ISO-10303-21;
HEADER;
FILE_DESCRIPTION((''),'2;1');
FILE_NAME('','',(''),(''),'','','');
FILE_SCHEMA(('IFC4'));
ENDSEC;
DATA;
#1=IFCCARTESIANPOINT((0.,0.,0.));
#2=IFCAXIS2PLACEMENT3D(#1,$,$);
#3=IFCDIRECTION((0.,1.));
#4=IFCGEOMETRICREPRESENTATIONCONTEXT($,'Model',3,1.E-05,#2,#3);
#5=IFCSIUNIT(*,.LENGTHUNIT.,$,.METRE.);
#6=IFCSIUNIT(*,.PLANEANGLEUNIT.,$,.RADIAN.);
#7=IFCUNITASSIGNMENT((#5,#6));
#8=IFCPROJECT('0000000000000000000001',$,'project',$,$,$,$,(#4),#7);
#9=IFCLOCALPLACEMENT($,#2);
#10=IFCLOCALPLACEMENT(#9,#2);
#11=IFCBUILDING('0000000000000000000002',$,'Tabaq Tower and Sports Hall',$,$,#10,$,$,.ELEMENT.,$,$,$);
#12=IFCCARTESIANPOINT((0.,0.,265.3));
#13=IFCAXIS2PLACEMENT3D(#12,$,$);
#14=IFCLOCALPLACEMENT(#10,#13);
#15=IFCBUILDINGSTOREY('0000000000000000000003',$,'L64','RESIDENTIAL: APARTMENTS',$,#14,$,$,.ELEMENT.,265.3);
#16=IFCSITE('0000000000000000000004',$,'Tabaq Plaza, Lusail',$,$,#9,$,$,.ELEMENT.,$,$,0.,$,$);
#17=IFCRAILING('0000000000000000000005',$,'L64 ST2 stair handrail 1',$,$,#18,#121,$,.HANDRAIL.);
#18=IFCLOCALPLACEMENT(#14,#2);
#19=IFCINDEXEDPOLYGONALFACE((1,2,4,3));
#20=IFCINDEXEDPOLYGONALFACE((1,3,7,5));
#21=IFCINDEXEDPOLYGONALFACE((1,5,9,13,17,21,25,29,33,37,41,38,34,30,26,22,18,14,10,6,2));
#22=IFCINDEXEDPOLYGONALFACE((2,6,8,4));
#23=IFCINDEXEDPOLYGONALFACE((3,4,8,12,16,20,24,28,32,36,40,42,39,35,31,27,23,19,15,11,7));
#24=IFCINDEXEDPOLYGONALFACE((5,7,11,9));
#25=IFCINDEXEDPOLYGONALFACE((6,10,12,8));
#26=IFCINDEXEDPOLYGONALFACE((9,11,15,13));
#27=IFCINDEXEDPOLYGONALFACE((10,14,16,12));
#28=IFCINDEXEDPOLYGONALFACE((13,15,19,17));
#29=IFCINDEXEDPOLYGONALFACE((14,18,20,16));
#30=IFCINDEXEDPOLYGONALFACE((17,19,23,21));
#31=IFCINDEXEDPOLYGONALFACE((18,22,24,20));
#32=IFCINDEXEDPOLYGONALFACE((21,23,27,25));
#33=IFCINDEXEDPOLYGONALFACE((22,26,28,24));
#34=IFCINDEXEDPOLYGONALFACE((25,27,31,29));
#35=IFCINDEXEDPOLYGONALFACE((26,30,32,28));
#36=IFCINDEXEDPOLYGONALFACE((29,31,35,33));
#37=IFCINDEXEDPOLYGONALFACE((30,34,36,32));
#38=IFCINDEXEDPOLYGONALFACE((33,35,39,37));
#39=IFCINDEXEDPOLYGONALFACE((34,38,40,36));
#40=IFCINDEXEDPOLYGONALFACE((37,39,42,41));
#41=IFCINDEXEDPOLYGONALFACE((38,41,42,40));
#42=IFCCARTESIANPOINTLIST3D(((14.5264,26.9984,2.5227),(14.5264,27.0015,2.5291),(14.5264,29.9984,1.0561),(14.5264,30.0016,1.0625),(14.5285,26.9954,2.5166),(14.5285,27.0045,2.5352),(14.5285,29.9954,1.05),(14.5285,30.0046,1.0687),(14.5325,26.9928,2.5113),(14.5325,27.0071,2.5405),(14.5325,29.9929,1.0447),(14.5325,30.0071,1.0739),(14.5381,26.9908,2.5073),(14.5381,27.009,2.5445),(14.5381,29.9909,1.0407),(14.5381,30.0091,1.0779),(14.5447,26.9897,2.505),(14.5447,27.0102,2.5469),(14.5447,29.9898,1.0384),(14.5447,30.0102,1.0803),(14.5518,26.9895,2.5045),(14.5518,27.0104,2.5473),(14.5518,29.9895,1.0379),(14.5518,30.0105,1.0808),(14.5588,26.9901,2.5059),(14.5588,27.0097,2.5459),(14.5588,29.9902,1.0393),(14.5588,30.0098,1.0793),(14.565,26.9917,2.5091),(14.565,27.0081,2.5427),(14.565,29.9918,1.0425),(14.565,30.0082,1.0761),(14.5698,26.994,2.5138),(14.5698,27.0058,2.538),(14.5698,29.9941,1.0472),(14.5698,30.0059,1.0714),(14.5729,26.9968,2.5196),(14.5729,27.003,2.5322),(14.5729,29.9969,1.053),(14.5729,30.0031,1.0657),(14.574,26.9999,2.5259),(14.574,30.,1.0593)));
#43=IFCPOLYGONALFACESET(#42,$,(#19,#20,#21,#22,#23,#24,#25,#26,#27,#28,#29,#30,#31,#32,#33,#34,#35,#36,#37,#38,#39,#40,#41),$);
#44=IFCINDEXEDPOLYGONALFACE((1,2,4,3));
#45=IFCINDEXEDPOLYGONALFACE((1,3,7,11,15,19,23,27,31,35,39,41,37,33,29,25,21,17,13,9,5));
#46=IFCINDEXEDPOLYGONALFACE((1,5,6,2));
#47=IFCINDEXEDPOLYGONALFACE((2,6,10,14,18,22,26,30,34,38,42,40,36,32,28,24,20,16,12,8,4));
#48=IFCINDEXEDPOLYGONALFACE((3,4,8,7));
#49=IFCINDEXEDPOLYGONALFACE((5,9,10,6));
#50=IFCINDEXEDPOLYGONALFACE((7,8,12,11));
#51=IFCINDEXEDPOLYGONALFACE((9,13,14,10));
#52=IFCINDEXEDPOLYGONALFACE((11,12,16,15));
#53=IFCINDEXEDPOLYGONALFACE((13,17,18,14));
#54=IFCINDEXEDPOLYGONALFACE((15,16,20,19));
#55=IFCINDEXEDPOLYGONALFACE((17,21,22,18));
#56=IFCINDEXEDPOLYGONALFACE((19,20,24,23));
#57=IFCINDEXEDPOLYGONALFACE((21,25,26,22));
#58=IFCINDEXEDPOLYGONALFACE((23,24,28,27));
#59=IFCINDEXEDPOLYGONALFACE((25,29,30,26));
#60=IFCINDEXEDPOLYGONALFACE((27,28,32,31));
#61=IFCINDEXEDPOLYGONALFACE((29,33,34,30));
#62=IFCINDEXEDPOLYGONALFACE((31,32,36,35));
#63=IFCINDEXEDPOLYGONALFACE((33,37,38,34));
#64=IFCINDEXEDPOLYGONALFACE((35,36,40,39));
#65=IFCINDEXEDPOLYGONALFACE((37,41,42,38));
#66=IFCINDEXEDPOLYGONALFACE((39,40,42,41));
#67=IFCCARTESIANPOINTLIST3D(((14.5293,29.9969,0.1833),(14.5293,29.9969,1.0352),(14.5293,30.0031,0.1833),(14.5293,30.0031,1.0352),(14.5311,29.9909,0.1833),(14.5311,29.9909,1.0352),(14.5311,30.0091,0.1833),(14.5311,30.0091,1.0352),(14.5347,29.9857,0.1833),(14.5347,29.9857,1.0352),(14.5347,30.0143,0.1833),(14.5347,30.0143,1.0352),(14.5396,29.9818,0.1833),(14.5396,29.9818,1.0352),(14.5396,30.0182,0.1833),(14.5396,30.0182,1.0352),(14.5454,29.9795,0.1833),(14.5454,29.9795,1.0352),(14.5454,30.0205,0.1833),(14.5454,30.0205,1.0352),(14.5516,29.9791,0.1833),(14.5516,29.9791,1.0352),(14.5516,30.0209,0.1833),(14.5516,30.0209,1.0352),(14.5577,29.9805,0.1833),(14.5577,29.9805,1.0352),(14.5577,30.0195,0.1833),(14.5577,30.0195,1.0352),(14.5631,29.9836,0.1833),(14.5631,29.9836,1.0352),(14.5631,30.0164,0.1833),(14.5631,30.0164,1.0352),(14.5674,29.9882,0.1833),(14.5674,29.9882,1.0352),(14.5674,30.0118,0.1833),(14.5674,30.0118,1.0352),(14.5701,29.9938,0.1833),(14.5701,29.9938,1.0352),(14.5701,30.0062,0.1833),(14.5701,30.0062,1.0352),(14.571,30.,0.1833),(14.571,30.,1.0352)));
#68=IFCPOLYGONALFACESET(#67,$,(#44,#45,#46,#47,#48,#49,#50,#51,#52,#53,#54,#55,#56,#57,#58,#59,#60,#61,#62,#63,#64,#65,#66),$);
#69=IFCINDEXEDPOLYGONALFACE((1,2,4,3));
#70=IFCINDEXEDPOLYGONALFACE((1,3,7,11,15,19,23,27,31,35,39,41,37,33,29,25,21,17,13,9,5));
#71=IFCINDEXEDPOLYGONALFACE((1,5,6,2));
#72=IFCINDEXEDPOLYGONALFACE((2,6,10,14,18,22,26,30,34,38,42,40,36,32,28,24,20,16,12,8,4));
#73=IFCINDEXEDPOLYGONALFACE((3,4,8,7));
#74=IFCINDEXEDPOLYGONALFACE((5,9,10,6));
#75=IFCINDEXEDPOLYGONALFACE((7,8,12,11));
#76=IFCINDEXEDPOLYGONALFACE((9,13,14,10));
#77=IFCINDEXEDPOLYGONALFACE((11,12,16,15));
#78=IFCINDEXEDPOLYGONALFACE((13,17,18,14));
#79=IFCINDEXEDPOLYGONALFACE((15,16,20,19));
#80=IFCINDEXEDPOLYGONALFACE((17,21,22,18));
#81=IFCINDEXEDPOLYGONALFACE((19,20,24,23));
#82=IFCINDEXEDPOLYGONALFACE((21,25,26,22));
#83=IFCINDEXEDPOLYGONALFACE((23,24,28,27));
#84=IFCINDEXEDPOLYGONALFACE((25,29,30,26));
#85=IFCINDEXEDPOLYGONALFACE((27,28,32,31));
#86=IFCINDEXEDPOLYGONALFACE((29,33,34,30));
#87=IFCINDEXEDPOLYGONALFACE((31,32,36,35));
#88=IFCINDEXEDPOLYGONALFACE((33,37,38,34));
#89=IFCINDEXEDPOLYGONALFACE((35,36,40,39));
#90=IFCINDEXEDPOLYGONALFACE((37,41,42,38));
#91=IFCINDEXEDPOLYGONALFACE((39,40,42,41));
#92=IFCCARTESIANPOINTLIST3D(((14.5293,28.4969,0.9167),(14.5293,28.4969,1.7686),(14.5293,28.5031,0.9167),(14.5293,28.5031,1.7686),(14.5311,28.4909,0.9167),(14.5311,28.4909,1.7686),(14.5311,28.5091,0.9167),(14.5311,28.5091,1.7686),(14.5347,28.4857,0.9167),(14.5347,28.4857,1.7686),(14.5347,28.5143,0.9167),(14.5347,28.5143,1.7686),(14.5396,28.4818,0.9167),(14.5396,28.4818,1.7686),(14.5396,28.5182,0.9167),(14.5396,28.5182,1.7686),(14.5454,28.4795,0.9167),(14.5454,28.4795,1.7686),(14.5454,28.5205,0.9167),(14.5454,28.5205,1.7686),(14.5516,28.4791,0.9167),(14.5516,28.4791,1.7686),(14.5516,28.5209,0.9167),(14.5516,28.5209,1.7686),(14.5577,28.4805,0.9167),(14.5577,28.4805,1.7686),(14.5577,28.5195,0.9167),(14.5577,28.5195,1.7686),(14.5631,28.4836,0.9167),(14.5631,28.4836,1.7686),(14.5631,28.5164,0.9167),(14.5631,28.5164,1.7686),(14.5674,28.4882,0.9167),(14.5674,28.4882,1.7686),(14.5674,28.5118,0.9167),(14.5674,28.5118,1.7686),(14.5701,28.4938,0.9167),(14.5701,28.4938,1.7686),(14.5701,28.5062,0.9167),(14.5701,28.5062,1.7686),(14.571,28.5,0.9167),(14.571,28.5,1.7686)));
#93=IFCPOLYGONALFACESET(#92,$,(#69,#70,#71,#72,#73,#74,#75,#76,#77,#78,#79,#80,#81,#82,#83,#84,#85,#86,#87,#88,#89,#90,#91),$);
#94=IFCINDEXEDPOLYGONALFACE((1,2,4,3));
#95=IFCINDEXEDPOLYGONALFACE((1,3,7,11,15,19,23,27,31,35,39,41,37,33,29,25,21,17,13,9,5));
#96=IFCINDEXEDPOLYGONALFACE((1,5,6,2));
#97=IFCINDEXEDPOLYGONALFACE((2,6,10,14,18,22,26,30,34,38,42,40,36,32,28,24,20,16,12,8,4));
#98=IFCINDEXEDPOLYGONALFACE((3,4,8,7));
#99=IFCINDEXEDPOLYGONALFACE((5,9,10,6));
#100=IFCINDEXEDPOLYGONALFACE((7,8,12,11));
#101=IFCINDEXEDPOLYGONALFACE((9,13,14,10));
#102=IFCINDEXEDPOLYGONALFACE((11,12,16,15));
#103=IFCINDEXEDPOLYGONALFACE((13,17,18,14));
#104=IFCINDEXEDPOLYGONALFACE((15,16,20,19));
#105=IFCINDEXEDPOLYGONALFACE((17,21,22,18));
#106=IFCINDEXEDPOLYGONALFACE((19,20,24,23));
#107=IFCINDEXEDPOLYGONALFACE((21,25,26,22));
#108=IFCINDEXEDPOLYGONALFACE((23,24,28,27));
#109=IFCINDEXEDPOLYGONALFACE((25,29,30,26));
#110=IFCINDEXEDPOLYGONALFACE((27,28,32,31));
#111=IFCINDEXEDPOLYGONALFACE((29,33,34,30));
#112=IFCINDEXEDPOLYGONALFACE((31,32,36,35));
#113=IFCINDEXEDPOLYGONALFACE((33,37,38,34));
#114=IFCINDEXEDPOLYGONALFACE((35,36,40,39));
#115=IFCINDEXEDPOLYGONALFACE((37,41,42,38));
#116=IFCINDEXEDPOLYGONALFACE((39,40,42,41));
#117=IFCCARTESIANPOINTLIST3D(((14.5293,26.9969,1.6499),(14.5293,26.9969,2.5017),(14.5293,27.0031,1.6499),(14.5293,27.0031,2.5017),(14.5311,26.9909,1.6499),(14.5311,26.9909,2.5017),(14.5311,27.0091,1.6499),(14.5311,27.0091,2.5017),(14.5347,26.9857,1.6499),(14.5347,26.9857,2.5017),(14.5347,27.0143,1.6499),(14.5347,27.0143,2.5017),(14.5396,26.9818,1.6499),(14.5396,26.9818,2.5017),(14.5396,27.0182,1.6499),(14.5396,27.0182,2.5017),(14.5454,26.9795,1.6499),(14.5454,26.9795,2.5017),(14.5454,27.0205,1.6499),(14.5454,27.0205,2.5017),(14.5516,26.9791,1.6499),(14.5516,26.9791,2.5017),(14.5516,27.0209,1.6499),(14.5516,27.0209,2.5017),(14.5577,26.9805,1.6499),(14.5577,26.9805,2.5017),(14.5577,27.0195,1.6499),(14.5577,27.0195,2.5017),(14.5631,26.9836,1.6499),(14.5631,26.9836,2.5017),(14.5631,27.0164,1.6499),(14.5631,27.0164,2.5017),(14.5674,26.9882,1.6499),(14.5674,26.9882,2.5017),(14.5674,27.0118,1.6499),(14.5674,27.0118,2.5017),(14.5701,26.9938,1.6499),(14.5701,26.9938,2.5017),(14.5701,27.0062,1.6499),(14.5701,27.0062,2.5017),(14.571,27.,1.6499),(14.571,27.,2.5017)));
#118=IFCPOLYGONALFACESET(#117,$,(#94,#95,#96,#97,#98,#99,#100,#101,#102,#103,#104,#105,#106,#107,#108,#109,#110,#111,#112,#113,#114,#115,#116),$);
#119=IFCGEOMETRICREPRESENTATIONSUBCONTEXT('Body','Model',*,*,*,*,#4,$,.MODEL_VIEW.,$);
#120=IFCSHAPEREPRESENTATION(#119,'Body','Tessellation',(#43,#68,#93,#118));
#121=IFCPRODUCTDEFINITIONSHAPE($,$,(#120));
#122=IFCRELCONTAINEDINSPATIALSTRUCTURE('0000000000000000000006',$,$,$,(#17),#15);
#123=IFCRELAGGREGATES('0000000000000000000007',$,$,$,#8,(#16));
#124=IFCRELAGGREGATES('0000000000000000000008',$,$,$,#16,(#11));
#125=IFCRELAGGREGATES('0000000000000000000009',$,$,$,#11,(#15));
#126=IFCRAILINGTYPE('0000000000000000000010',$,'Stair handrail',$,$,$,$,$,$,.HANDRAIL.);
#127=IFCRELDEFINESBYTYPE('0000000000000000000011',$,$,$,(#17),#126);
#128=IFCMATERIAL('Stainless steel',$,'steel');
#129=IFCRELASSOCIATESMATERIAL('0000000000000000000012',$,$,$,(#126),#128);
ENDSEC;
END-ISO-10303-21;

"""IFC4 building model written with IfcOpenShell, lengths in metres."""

from ifc_helpers import new_model, si_unit, direction, frame, origin, origin_2d, place, context, subcontext, project, spatial, circle, extrude, material, type_object, element, save


model = new_model("IFC4")

# Units and contexts
model_context = context("Model", 3, precision=1e-05, world=origin(), true_north=direction((0.0, 1.0)))
body_context = subcontext(model_context, "Body", "Model", "MODEL_VIEW")
ifc_project = project(units=[si_unit("LENGTHUNIT", "METRE"), si_unit("PLANEANGLEUNIT", "RADIAN")], contexts=[model_context])

# Site, building, storey
site_placement = place(None, origin())
site = spatial("IfcSite", under=ifc_project, at=site_placement, Name="Tabaq Plaza, Lusail", CompositionType="ELEMENT", RefElevation=0.0)
building_placement = place(site_placement, origin())
building = spatial("IfcBuilding", under=site, at=building_placement, Name="Tabaq Tower and Sports Hall", CompositionType="ELEMENT")
storey_placement = place(building_placement, frame((0.0, 0.0, 265.3)))
storey = spatial("IfcBuildingStorey", under=building, at=storey_placement, Name="L64", Description="RESIDENTIAL: APARTMENTS", CompositionType="ELEMENT", Elevation=265.3)

# Railing
ifc_material_1 = material(Name="Stainless steel", Category="steel")
railing_type_1 = type_object("IfcRailingType", Name="Stair handrail", PredefinedType="HANDRAIL", material=ifc_material_1)
railing_1_placement = place(storey_placement, frame((14.55, 30.0, 0.1833)))
element("IfcRailing", 1, at=railing_1_placement, inside=storey, type_object=railing_type_1, Name="L64 ST2 stair handrail 1", PredefinedType="HANDRAIL", context=body_context, shape_type="SweptSolid", body=[
    extrude(circle(Radius=0.0239, at=origin_2d()), frame((0.0, 0.0, 0.876), z_axis=(0.0, -0.898398, 0.439183), x_axis=(1.0, 0.0, 0.0)), (0.0, 0.0, 1.0), 3.3394),
    extrude(circle(Radius=0.021, at=origin_2d()), origin(), (0.0, 0.0, 1.0), 0.8518),
    extrude(circle(Radius=0.021, at=origin_2d()), frame((0.0, -1.5, 0.7334)), (0.0, 0.0, 1.0), 0.8518),
    extrude(circle(Radius=0.021, at=origin_2d()), frame((0.0, -3.0, 1.4666)), (0.0, 0.0, 1.0), 0.8518),
])

save(model, "model.ifc")
